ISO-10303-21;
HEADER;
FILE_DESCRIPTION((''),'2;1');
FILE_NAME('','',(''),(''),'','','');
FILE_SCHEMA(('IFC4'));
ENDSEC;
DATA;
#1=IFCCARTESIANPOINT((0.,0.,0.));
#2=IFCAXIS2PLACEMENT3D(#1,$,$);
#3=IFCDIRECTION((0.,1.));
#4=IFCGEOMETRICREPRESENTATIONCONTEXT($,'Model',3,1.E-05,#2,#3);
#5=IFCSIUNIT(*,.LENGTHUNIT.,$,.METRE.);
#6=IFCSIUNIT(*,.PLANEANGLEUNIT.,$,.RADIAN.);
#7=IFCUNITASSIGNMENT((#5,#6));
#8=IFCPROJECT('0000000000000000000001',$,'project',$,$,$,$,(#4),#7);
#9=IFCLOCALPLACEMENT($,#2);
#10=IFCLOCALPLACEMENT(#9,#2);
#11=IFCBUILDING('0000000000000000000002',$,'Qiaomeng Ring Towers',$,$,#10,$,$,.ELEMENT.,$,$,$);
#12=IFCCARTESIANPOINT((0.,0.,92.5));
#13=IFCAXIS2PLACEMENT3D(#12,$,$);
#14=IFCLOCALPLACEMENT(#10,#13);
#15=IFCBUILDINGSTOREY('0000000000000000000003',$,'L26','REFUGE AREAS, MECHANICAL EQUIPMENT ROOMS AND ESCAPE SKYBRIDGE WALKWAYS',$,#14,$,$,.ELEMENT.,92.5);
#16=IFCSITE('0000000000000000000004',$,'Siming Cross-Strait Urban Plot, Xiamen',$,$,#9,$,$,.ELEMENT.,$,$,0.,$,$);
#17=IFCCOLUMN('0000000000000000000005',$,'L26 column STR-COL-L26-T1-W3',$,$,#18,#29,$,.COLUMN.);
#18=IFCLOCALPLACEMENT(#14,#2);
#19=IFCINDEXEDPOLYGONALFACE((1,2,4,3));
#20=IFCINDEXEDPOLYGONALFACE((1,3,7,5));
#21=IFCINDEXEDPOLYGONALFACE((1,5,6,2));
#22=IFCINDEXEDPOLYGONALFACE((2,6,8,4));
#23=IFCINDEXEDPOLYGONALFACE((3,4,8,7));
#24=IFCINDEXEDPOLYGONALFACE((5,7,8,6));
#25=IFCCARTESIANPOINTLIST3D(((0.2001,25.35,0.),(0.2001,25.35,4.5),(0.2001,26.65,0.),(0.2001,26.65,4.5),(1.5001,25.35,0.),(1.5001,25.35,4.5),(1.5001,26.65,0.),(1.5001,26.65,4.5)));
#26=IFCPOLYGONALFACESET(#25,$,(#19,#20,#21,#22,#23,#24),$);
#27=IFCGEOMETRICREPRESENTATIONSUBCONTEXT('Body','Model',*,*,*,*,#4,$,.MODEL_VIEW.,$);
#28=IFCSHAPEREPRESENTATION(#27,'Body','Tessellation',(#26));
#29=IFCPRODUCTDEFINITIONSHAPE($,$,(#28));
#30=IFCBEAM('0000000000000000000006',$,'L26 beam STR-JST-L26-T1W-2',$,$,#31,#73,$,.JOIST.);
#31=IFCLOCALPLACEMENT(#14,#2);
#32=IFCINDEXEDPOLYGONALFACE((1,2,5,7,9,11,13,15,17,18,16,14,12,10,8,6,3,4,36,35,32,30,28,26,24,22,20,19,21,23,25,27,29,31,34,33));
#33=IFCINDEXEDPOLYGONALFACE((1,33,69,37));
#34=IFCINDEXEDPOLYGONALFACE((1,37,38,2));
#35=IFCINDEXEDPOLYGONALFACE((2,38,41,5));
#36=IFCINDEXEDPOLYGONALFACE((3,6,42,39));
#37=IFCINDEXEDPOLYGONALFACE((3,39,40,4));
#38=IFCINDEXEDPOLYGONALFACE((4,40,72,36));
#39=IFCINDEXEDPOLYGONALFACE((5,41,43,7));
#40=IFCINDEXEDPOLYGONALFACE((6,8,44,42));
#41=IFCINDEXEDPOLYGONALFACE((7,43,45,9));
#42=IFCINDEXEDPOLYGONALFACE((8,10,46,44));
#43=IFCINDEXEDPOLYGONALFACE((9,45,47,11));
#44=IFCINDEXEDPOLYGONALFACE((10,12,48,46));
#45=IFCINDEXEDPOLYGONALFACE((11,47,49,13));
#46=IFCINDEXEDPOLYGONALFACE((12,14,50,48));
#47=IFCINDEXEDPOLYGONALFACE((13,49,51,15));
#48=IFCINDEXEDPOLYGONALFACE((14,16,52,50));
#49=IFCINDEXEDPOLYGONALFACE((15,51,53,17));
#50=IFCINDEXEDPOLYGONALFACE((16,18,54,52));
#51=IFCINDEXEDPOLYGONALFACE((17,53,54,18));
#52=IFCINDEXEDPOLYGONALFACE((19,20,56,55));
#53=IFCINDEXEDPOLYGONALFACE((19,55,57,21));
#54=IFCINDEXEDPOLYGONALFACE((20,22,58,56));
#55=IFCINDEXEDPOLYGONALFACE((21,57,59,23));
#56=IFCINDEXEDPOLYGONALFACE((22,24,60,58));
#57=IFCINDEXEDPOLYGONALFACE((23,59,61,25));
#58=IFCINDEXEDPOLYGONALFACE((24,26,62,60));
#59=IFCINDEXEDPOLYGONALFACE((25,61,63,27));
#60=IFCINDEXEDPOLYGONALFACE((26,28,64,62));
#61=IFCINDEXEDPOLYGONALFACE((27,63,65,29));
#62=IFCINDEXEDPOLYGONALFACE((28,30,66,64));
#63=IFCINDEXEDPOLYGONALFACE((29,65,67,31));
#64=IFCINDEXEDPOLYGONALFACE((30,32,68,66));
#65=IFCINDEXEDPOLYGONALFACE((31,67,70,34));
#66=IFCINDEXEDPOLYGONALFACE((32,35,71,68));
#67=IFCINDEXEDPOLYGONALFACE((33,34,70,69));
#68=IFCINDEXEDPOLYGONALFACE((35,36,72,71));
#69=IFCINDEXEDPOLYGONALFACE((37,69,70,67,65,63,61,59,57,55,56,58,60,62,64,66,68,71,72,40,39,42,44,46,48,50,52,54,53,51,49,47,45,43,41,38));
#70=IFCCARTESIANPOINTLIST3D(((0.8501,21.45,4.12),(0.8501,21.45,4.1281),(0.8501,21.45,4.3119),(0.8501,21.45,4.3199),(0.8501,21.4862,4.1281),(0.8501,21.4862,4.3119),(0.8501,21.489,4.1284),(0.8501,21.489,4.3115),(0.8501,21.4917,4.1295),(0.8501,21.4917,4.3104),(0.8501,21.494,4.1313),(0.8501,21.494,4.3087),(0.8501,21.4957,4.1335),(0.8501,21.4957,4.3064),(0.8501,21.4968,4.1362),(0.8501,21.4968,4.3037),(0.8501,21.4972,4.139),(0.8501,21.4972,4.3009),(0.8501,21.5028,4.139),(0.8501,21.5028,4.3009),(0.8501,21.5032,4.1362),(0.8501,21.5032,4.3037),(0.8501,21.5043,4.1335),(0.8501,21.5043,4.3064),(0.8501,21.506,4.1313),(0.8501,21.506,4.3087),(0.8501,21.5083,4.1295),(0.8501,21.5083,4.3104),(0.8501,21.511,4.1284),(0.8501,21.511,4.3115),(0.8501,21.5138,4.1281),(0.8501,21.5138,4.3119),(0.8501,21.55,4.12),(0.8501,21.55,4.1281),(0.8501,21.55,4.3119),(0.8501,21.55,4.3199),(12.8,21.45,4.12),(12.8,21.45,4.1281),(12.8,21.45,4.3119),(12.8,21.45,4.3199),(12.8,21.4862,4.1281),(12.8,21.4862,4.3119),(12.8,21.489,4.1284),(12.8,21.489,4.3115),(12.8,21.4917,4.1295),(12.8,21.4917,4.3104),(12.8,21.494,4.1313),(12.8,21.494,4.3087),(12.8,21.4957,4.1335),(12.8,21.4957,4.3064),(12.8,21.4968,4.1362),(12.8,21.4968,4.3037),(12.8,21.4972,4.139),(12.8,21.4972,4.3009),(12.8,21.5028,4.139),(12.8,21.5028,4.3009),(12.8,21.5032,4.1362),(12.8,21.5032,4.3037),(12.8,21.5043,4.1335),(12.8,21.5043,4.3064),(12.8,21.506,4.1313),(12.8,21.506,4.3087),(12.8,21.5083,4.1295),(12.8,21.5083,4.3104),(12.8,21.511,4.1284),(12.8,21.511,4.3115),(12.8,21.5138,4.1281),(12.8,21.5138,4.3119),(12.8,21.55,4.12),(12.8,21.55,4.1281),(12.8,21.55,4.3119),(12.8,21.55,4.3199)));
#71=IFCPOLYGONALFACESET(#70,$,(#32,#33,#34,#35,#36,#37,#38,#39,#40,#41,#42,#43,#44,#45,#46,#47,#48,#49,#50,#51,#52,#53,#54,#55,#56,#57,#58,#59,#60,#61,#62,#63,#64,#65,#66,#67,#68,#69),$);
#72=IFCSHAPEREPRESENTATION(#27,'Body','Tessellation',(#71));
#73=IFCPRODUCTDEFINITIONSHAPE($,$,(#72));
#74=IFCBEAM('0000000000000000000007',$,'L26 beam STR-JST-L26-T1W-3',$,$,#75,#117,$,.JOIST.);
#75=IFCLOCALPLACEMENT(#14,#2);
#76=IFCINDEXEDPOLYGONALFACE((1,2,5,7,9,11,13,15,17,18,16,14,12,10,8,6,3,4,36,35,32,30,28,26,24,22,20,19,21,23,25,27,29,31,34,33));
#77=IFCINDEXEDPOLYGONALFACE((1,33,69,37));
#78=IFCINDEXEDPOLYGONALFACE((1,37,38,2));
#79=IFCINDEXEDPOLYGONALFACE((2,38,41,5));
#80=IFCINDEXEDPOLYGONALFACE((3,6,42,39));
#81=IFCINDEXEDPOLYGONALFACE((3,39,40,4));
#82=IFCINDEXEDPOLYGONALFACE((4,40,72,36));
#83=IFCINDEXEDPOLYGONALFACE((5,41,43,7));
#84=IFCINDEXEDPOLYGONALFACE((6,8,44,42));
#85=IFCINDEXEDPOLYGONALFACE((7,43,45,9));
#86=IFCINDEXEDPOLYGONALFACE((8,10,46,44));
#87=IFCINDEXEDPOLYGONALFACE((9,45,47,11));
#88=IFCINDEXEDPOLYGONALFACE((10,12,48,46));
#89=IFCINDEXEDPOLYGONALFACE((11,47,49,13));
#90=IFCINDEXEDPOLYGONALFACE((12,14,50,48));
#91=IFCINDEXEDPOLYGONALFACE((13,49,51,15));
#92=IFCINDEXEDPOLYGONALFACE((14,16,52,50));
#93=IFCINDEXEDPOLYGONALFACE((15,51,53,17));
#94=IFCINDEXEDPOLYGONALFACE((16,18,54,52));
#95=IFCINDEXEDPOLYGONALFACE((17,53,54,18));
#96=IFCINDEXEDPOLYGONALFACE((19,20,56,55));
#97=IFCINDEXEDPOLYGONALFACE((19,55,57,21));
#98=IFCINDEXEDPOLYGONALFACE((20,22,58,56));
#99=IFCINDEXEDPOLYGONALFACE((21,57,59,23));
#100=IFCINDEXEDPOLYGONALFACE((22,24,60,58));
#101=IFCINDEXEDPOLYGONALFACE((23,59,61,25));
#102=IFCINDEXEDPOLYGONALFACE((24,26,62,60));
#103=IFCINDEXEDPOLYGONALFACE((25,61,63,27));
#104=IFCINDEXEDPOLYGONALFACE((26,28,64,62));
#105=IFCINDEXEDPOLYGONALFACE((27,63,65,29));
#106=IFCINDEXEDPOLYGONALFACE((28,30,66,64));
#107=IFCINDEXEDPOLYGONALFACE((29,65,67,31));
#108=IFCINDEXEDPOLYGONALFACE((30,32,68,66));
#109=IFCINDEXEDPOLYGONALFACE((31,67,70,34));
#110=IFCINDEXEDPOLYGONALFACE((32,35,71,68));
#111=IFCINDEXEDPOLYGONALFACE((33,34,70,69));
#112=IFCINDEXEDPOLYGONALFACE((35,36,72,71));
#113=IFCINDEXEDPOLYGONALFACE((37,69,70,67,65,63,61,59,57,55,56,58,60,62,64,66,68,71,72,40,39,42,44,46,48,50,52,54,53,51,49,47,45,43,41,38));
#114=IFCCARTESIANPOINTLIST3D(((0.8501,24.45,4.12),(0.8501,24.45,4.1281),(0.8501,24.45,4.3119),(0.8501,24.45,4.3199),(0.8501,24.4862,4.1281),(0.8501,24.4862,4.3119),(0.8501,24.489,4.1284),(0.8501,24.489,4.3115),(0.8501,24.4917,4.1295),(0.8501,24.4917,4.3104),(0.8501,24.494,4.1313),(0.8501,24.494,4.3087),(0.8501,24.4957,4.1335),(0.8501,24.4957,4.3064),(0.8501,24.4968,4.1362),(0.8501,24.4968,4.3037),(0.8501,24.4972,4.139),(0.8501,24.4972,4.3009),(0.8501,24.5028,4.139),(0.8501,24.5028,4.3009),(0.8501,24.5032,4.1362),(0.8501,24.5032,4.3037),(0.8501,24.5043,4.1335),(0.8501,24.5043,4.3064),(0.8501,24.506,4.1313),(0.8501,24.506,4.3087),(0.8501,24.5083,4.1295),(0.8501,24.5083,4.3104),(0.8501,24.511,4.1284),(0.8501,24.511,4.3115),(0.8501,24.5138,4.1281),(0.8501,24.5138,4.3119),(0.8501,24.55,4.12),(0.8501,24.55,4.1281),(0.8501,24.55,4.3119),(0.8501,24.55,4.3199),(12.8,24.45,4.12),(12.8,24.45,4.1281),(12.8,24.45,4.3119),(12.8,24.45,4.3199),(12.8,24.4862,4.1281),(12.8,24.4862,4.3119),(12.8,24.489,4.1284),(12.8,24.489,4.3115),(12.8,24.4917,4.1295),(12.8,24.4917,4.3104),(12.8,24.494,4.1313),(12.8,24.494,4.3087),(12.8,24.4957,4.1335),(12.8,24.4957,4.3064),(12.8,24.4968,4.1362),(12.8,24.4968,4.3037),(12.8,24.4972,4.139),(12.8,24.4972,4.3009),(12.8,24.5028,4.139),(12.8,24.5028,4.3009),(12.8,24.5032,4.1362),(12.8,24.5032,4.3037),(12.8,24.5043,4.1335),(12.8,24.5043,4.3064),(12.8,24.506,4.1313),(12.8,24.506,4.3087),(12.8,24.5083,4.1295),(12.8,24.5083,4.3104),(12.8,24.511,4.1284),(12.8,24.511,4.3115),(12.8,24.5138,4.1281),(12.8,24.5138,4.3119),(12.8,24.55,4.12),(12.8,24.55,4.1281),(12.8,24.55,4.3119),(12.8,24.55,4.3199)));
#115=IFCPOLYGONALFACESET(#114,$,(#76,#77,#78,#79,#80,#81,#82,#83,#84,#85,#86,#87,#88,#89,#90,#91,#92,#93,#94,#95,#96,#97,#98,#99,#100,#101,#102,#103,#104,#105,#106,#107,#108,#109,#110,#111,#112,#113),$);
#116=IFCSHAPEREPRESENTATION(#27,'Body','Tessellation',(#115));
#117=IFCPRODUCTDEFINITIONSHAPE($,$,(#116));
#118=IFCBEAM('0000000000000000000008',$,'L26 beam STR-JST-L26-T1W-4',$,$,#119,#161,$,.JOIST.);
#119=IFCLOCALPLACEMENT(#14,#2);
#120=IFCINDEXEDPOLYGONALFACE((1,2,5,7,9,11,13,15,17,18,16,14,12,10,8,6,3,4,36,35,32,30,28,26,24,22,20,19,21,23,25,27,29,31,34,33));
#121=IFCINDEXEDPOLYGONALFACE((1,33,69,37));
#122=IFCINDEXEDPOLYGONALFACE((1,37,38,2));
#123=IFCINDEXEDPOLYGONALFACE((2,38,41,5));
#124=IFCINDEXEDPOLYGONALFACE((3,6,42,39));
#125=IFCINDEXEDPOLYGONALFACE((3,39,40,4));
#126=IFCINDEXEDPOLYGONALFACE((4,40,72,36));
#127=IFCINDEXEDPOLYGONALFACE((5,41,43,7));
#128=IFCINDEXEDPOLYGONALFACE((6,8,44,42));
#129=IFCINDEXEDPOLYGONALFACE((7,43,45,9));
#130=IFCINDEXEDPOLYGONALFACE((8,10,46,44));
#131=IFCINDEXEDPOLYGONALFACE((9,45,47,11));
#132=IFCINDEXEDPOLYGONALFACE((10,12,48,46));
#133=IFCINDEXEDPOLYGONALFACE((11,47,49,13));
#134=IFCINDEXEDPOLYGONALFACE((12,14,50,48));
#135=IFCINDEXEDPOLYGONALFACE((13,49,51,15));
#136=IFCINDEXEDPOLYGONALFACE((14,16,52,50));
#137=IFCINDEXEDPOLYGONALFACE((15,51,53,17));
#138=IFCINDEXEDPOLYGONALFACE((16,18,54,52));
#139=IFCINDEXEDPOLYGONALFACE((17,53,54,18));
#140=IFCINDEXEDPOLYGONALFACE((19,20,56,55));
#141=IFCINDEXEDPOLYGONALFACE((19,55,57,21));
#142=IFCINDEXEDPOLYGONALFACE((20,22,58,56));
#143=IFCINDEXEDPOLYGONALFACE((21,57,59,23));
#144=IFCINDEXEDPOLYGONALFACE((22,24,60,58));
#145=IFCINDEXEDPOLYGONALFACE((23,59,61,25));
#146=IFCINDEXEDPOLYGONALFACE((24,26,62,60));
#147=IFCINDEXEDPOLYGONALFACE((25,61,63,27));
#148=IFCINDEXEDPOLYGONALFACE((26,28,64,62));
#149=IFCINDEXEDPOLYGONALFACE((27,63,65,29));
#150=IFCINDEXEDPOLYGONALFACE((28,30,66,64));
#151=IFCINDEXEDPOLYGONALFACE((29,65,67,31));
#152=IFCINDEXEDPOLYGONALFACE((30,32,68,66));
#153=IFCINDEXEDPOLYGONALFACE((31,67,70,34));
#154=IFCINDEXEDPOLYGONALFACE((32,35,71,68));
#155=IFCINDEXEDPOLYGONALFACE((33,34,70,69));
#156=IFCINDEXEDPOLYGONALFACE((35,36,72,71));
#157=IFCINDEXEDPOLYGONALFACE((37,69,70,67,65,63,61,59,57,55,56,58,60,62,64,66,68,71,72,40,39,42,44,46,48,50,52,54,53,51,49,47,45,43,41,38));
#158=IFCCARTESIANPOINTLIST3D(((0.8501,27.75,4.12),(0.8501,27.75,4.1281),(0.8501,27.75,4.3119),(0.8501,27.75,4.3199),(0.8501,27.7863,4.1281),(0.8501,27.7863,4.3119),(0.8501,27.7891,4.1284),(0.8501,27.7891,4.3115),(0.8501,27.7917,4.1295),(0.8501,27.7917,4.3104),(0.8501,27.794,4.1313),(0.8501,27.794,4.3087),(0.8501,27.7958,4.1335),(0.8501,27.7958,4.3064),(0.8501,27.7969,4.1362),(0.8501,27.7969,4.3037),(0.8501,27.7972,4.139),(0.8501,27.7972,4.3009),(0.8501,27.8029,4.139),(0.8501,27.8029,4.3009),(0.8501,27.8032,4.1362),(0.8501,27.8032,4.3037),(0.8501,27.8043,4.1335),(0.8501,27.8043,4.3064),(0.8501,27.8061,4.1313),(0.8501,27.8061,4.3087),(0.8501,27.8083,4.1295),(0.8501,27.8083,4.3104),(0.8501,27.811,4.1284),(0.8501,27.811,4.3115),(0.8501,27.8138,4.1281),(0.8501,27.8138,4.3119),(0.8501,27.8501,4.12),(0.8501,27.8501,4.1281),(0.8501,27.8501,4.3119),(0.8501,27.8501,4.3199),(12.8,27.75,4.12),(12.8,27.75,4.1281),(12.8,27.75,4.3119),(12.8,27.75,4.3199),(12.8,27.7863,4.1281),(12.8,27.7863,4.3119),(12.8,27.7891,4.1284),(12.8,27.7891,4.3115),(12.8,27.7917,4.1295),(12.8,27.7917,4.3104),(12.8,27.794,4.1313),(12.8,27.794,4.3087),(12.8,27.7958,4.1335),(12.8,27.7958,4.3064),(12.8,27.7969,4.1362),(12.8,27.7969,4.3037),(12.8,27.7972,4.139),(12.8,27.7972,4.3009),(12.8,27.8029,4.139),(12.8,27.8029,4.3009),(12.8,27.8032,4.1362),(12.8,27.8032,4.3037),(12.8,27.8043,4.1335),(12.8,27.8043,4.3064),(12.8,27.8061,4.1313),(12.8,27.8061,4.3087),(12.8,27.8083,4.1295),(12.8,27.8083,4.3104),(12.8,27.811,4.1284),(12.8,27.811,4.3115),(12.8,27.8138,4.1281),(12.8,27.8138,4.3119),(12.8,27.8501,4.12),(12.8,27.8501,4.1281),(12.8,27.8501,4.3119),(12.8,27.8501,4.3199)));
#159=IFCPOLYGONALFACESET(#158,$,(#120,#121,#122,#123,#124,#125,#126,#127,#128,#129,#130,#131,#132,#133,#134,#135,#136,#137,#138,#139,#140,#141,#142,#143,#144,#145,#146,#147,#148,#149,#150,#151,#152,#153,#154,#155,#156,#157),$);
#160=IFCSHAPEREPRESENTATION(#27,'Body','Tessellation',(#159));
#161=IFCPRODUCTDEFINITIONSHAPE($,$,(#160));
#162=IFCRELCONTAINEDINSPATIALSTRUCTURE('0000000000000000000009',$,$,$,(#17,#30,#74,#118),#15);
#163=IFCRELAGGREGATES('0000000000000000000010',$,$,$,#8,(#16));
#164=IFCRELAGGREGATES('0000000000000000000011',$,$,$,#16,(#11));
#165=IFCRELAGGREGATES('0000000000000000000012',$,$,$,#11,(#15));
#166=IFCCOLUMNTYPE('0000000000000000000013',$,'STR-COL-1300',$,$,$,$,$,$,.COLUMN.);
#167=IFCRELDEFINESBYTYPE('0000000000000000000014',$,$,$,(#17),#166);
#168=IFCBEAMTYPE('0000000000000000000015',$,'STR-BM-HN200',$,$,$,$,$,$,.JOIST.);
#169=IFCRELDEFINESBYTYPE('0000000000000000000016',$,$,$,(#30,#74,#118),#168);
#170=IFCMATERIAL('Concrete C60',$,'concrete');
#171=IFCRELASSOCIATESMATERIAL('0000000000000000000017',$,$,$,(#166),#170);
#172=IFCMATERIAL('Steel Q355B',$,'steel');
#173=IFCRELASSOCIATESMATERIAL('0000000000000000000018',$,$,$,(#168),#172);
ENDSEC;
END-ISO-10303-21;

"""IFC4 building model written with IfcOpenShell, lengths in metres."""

from ifc_helpers import new_model, si_unit, direction, frame, origin, origin_2d, place, context, subcontext, project, spatial, rectangle, i_section, extrude, source, transform, mapped, material, material_profile, profile_set, type_object, element, save


model = new_model("IFC4")

# Units and contexts
model_context = context("Model", 3, precision=1e-05, world=origin(), true_north=direction((0.0, 1.0)))
body_context = subcontext(model_context, "Body", "Model", "MODEL_VIEW")
ifc_project = project(units=[si_unit("LENGTHUNIT", "METRE"), si_unit("PLANEANGLEUNIT", "RADIAN")], contexts=[model_context])

# Site, building, storey
site_placement = place(None, origin())
site = spatial("IfcSite", under=ifc_project, at=site_placement, Name="Siming Cross-Strait Urban Plot, Xiamen", CompositionType="ELEMENT", RefElevation=0.0)
building_placement = place(site_placement, origin())
building = spatial("IfcBuilding", under=site, at=building_placement, Name="Qiaomeng Ring Towers", CompositionType="ELEMENT")
storey_placement = place(building_placement, frame((0.0, 0.0, 92.5)))
storey = spatial("IfcBuildingStorey", under=building, at=storey_placement, Name="L26", Description="REFUGE AREAS, MECHANICAL EQUIPMENT ROOMS AND ESCAPE SKYBRIDGE WALKWAYS", CompositionType="ELEMENT", Elevation=92.5)

# Column
ifc_material_1 = material(Name="Concrete C60", Category="concrete")
ifc_material_profile_1 = material_profile(ifc_material_1, rectangle(XDim=1.3, YDim=1.3, at=origin_2d()), Name="RC COL 1300x1300")
ifc_profile_set_1 = profile_set([ifc_material_profile_1], Name="Concrete C60")
column_type = type_object("IfcColumnType", Name="STR-COL-1300", PredefinedType="COLUMN", material=ifc_profile_set_1)
shared_shape_1 = source(origin(), body_context, "Body", "SweptSolid", [
    extrude(rectangle(XDim=1.3, YDim=1.3, at=origin_2d()), origin(), (0.0, 0.0, 1.0), 4.5),
])
column_placement = place(storey_placement, frame((0.8501, 26.0, 0.0), z_axis=(0.0, 0.0, 1.0), x_axis=(1.0, 0.0, 0.0)))
element("IfcColumn", 1, at=column_placement, inside=storey, type_object=column_type, Name="L26 column STR-COL-L26-T1-W3", PredefinedType="COLUMN", context=body_context, shape_type="MappedRepresentation", body=[
    mapped(shared_shape_1, transform((0.0, 0.0, 0.0), x_axis=(1.0, 0.0, 0.0), y_axis=(0.0, 1.0, 0.0), z_axis=(0.0, 0.0, 1.0), scale=1.0)),
])

# Beams
ifc_material_2 = material(Name="Steel Q355B", Category="steel")
ifc_material_profile_2 = material_profile(ifc_material_2, i_section(OverallWidth=0.1001, OverallDepth=0.2, WebThickness=0.0056, FlangeThickness=0.0081, FilletRadius=0.011, at=origin_2d()), Name="HN 200x100x5.5x8")
ifc_profile_set_2 = profile_set([ifc_material_profile_2], Name="Steel Q355B")
beam_type_1 = type_object("IfcBeamType", Name="STR-BM-HN200", PredefinedType="JOIST", material=ifc_profile_set_2)
shared_shape_2 = source(origin(), body_context, "Body", "SweptSolid", [
    extrude(i_section(OverallWidth=0.1001, OverallDepth=0.2, WebThickness=0.0056, FlangeThickness=0.0081, FilletRadius=0.011, at=origin_2d()), origin(), (0.0, 0.0, 1.0), 11.95),
])
for number, where, z_axis, x_axis, name in (
    (2, (0.8501, 21.5, 4.22), (1.0, 0.0, 0.0), (0.0, 1.0, 0.0), "L26 beam STR-JST-L26-T1W-2"),
    (3, (0.8501, 24.5, 4.22), (1.0, 0.0, 0.0), (0.0, 1.0, 0.0), "L26 beam STR-JST-L26-T1W-3"),
    (4, (0.8501, 27.8, 4.22), (1.0, 0.0, 0.0), (0.0, 1.0, 0.0), "L26 beam STR-JST-L26-T1W-4"),
):
    element("IfcBeam", number, at=place(storey_placement, frame(where, z_axis=z_axis, x_axis=x_axis)), inside=storey, type_object=beam_type_1, Name=name, PredefinedType="JOIST", context=body_context, shape_type="MappedRepresentation", body=[
        mapped(shared_shape_2, transform((0.0, 0.0, 0.0), x_axis=(1.0, 0.0, 0.0), y_axis=(0.0, 1.0, 0.0), z_axis=(0.0, 0.0, 1.0), scale=1.0)),
    ])

save(model, "model.ifc")
